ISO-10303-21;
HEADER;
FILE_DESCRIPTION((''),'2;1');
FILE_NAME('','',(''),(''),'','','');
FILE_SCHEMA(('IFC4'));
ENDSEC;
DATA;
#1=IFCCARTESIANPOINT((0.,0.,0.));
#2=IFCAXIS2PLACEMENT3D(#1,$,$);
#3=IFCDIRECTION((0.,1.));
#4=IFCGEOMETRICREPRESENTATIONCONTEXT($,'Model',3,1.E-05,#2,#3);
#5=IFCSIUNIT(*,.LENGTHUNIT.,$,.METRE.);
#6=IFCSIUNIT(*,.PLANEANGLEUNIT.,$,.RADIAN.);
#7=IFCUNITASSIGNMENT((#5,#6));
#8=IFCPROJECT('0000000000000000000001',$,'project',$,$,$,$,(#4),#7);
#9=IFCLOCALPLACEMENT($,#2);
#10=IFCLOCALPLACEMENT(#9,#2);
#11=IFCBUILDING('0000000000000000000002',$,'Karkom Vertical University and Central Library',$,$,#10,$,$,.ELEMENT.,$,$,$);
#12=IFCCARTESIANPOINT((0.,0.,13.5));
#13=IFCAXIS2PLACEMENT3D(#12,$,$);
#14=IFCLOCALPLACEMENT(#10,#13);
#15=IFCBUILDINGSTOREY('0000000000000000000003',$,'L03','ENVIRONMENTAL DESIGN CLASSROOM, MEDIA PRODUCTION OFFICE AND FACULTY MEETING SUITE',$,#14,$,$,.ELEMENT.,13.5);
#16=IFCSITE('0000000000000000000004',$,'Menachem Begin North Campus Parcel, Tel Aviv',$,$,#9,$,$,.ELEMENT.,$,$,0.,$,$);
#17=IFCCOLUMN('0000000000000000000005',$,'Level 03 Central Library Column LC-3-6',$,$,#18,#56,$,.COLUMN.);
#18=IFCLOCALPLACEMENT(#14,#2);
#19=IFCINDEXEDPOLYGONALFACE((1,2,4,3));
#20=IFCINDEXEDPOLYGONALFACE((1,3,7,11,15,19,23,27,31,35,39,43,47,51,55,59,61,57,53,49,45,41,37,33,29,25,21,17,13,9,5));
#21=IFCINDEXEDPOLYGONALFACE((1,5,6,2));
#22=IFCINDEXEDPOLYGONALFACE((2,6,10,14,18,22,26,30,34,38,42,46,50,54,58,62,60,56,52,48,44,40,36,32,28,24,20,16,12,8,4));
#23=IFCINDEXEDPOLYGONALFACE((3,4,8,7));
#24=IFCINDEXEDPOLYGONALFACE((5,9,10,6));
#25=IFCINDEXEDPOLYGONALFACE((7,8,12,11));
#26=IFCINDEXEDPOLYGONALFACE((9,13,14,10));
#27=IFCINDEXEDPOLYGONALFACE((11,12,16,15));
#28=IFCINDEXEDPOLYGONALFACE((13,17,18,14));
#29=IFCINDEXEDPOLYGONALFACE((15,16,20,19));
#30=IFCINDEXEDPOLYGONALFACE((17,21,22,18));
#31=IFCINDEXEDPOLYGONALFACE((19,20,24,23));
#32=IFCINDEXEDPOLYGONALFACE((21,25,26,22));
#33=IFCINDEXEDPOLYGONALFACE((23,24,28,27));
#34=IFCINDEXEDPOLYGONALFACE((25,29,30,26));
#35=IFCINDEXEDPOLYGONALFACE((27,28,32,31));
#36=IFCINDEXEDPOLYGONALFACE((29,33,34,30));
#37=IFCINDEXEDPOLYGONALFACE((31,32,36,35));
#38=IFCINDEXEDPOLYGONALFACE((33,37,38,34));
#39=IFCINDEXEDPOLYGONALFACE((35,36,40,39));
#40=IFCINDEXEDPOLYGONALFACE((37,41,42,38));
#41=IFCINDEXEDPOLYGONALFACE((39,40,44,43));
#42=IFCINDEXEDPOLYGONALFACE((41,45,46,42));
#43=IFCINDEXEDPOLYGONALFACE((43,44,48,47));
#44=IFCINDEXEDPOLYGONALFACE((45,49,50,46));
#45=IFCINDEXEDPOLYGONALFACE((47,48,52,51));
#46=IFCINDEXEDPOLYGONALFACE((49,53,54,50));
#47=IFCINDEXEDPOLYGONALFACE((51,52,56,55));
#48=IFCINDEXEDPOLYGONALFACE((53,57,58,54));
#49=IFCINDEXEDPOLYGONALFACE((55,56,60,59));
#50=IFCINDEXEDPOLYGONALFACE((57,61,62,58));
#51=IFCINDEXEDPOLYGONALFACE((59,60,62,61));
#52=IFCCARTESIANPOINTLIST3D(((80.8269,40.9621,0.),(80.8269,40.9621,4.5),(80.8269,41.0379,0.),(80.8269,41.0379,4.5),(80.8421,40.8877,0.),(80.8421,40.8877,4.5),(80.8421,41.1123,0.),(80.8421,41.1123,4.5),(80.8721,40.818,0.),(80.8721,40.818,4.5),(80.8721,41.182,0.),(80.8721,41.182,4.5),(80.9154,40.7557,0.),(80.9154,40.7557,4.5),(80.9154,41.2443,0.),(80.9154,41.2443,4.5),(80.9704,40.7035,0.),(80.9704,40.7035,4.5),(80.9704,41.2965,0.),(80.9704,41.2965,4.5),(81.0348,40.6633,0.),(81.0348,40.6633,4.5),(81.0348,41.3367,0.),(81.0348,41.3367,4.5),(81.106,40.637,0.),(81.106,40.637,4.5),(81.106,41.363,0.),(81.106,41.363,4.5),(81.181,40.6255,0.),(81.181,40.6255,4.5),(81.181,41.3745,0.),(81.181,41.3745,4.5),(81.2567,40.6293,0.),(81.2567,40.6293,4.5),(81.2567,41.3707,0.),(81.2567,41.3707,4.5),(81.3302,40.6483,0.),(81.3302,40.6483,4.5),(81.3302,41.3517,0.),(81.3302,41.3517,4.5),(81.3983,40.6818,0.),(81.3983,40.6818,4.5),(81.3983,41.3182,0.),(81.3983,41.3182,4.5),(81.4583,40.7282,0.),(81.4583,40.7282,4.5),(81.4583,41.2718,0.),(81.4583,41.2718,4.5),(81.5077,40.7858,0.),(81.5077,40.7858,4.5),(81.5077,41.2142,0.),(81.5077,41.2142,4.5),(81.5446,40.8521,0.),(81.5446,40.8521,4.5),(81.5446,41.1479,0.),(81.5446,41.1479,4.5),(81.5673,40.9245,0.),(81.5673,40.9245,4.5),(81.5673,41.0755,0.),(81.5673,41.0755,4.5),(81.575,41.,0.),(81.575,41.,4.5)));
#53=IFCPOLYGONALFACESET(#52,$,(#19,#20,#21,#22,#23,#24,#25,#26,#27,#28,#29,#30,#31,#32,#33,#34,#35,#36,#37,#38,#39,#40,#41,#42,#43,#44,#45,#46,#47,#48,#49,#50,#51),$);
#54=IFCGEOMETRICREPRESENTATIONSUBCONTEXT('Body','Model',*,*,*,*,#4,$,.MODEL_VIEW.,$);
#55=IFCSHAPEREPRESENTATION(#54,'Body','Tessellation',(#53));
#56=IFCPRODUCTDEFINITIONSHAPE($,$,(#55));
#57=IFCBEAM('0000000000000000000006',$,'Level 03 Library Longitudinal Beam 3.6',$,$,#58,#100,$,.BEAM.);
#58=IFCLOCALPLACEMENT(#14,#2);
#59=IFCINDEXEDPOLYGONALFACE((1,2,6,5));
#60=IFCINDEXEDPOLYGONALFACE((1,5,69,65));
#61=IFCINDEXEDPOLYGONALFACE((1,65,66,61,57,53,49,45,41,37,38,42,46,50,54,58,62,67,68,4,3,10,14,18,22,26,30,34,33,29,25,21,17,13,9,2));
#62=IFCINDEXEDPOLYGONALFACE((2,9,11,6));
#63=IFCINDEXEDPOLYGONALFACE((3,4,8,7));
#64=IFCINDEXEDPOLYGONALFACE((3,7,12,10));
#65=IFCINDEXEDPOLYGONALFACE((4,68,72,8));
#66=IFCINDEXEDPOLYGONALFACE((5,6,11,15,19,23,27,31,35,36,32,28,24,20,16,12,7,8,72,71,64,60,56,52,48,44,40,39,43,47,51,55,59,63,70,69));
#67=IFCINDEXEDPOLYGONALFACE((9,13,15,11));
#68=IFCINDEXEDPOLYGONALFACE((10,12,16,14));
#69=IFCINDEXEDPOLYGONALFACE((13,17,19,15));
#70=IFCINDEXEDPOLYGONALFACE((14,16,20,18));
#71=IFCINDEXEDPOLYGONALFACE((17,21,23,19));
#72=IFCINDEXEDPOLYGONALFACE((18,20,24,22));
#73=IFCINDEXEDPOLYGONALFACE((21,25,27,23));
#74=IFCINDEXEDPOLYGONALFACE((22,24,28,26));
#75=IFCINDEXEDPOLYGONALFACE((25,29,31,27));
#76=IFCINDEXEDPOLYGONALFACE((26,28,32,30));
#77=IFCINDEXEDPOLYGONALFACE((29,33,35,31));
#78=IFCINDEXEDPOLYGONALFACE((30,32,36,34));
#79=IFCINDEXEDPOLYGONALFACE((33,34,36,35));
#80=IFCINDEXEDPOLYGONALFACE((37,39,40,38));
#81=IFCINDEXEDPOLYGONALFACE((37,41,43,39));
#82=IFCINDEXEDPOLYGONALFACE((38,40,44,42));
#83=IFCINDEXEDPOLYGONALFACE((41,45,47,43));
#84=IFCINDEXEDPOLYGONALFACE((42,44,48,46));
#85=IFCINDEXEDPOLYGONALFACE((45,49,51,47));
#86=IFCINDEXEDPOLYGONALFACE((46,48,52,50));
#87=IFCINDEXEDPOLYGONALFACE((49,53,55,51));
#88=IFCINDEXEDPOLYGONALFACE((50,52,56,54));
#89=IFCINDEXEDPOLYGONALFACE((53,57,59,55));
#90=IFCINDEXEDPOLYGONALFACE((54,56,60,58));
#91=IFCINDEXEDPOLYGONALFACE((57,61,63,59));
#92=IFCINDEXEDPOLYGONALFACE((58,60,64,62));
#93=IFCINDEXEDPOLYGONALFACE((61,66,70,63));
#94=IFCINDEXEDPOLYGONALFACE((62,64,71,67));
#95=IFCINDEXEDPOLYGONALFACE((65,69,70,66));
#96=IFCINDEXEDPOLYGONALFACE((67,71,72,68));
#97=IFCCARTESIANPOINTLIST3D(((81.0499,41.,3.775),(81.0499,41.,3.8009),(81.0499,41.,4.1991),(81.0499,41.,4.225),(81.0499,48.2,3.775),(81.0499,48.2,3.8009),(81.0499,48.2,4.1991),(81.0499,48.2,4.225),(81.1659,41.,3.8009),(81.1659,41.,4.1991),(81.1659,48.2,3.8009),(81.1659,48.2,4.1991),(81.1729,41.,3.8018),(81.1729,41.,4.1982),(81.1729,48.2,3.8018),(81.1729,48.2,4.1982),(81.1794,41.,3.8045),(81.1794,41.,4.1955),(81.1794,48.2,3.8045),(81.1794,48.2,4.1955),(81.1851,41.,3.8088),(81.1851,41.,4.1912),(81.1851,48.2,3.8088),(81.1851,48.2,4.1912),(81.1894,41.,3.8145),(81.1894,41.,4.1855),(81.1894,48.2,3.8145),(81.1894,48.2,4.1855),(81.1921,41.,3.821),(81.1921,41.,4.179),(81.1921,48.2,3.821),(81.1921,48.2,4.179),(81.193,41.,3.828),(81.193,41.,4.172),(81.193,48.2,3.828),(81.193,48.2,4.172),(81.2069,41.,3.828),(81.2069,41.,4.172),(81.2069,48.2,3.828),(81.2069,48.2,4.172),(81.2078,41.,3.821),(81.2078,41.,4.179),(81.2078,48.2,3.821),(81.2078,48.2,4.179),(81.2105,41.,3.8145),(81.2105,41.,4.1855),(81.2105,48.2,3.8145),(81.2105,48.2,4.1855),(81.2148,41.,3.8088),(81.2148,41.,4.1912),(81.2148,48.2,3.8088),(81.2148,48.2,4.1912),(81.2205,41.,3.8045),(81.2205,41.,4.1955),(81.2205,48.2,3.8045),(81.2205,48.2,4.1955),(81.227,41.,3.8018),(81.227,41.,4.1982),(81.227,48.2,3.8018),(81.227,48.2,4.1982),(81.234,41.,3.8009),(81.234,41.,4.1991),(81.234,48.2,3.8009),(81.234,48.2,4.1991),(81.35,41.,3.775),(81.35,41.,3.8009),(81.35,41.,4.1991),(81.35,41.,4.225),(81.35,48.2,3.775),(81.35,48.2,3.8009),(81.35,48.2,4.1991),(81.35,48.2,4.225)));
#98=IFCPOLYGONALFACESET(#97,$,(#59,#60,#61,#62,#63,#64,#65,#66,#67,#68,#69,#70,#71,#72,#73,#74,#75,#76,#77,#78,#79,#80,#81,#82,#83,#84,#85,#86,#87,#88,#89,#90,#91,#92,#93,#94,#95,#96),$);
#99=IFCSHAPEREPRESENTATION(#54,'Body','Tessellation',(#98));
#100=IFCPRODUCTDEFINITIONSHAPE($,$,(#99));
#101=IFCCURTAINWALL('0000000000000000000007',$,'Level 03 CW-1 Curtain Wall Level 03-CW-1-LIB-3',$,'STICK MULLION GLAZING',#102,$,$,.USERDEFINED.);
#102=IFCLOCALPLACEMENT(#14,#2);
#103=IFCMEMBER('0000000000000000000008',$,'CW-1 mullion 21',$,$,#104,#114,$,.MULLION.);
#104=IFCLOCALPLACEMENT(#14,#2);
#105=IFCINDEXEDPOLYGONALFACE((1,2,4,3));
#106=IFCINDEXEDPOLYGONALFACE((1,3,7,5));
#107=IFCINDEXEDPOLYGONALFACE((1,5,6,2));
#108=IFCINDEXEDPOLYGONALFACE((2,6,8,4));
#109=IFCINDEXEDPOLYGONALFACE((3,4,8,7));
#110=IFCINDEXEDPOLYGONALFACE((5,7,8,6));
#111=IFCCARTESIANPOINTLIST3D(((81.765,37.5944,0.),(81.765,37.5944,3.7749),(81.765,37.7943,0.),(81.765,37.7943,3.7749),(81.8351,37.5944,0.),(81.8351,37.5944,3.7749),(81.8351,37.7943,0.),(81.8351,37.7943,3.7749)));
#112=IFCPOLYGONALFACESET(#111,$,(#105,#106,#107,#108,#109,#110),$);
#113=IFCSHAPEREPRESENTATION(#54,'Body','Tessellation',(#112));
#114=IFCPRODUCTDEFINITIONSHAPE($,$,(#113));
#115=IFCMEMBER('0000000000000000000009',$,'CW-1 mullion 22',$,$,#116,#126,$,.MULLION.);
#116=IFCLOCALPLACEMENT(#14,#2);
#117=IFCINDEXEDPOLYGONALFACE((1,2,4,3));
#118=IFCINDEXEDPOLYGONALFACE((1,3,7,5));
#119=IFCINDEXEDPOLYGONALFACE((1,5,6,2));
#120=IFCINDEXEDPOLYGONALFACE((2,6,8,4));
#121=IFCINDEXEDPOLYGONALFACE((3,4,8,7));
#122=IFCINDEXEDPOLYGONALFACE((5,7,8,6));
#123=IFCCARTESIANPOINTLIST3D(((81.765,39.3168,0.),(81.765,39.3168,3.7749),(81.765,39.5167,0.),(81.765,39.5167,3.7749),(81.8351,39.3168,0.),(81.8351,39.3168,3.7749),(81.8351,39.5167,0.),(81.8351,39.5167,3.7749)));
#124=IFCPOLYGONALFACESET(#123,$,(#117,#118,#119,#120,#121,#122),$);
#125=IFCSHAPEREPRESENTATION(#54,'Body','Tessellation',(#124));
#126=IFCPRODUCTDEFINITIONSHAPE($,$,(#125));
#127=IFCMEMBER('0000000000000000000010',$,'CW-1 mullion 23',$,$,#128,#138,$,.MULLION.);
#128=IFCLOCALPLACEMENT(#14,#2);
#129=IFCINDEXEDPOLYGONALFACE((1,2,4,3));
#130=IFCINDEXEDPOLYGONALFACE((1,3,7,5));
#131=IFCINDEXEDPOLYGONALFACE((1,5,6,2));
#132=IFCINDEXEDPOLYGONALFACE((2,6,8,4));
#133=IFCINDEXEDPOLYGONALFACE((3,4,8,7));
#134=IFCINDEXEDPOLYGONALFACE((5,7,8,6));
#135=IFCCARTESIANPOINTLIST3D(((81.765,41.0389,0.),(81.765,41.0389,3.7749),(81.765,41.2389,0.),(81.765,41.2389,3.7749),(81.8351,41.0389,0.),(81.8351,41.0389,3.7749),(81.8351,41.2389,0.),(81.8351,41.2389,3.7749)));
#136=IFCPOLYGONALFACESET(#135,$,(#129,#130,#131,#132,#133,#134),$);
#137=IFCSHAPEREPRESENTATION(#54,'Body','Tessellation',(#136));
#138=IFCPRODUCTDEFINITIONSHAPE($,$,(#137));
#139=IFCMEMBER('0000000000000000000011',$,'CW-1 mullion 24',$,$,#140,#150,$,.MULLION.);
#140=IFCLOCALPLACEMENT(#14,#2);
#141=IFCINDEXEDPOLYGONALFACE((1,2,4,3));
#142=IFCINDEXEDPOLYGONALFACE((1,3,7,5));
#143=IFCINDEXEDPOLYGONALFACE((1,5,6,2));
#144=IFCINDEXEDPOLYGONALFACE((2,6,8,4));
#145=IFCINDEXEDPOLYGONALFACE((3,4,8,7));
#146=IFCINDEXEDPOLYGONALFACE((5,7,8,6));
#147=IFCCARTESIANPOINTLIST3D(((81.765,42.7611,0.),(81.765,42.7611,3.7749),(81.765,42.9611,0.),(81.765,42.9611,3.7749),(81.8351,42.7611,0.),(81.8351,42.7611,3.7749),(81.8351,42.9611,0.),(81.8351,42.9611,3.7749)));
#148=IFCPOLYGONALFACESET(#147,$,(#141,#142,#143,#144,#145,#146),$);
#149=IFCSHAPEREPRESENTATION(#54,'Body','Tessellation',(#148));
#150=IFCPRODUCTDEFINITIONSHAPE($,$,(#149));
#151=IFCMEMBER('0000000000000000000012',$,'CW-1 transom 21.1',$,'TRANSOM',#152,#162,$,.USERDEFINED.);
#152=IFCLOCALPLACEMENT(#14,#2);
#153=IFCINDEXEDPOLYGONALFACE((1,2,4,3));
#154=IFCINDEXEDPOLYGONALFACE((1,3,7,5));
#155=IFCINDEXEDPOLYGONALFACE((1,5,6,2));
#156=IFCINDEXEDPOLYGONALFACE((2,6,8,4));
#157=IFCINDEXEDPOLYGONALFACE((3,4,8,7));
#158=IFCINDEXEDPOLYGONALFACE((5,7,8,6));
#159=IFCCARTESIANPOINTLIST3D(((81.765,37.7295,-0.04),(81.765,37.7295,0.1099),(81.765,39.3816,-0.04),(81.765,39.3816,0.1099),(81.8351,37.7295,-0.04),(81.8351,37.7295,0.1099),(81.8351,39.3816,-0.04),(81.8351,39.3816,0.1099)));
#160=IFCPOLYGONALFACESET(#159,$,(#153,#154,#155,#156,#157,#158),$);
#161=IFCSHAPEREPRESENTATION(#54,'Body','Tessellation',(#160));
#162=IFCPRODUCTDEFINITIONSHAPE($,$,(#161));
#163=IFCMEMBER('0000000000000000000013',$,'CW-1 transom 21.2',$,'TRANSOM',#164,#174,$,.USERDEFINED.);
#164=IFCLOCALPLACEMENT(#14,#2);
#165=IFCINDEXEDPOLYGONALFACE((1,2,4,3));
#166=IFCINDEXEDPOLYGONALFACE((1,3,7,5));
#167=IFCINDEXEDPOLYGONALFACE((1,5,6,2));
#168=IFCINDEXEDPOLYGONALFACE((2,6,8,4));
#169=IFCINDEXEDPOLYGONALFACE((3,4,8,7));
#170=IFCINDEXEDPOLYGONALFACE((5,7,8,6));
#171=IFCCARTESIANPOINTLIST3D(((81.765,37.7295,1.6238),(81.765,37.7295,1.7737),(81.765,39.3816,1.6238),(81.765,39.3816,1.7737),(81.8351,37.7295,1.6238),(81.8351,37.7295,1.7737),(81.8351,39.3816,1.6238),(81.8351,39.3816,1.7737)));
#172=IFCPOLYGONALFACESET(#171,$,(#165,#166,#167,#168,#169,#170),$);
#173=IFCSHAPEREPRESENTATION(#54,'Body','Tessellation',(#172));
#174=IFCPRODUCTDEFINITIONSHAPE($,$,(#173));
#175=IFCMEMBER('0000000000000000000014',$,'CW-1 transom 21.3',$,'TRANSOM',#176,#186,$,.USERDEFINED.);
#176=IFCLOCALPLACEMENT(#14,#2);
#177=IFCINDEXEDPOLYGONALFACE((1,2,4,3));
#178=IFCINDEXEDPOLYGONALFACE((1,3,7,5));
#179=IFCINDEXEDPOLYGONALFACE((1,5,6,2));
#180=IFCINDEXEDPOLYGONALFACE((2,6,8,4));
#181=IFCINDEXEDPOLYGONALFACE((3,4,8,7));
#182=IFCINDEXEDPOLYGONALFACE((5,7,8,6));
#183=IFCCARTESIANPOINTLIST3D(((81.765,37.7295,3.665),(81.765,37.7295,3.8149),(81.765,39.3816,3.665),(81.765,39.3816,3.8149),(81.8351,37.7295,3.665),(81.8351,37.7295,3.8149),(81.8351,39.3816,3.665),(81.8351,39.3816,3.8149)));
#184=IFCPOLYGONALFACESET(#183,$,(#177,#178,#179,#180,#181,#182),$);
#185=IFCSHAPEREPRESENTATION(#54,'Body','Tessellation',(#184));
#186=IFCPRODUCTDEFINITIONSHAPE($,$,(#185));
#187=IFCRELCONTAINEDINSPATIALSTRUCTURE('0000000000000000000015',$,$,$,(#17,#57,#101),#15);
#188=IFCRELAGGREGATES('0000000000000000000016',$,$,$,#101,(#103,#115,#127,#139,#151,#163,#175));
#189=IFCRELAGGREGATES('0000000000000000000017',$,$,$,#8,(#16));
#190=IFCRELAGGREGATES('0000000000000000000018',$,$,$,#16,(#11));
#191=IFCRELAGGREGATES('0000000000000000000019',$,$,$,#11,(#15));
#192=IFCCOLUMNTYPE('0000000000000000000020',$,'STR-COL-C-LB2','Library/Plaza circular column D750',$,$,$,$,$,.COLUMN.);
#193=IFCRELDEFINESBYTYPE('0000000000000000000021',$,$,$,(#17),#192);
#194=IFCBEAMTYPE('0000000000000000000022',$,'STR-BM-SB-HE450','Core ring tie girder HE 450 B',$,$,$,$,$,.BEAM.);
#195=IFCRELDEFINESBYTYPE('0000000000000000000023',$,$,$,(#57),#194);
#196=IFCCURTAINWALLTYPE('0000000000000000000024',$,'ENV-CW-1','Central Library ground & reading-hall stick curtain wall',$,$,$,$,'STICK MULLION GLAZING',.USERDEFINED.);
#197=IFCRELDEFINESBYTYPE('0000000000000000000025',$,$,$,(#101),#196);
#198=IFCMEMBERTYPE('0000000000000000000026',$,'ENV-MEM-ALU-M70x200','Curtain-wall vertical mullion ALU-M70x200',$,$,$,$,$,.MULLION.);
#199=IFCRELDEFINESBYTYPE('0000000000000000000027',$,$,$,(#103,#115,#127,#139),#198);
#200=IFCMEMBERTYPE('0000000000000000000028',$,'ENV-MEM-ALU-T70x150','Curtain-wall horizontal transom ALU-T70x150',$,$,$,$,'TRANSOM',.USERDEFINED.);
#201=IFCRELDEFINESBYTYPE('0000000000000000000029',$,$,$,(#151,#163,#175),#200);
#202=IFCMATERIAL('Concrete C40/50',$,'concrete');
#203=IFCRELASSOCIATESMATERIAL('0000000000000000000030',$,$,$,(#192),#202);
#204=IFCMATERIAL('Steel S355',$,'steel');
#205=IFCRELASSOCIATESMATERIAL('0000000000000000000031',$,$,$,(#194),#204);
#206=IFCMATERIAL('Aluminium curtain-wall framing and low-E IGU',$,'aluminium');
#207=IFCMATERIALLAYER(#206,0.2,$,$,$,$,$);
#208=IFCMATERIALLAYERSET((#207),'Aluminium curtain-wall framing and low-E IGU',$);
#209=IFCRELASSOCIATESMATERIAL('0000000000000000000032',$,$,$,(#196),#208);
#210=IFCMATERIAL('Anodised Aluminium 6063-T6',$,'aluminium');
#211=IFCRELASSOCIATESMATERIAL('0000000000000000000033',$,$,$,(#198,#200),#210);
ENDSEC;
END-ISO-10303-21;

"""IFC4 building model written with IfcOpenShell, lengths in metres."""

from ifc_helpers import new_model, si_unit, direction, frame, origin, origin_with_axes, origin_2d, place, context, subcontext, project, spatial, rectangle, circle, i_section, extrude, source, transform, mapped, material, layer, layer_set, material_profile, profile_set, type_object, element, aggregate, save


model = new_model("IFC4")

# Units and contexts
model_context = context("Model", 3, precision=1e-05, world=origin(), true_north=direction((0.0, 1.0)))
body_context = subcontext(model_context, "Body", "Model", "MODEL_VIEW")
ifc_project = project(units=[si_unit("LENGTHUNIT", "METRE"), si_unit("PLANEANGLEUNIT", "RADIAN")], contexts=[model_context])

# Site, building, storey
site_placement = place(None, origin())
site = spatial("IfcSite", under=ifc_project, at=site_placement, Name="Menachem Begin North Campus Parcel, Tel Aviv", CompositionType="ELEMENT", RefElevation=0.0)
building_placement = place(site_placement, origin())
building = spatial("IfcBuilding", under=site, at=building_placement, Name="Karkom Vertical University and Central Library", CompositionType="ELEMENT")
storey_placement = place(building_placement, frame((0.0, 0.0, 13.5)))
storey = spatial("IfcBuildingStorey", under=building, at=storey_placement, Name="L03", Description="ENVIRONMENTAL DESIGN CLASSROOM, MEDIA PRODUCTION OFFICE AND FACULTY MEETING SUITE", CompositionType="ELEMENT", Elevation=13.5)

# Column
ifc_material_1 = material(Name="Concrete C40/50", Category="concrete")
ifc_material_profile_1 = material_profile(ifc_material_1, circle(Radius=0.375, at=origin_2d()), Name="RC-D750")
ifc_profile_set_1 = profile_set([ifc_material_profile_1], Name="Concrete C40/50")
column_type = type_object("IfcColumnType", Name="STR-COL-C-LB2", Description="Library/Plaza circular column D750", PredefinedType="COLUMN", material=ifc_profile_set_1)
shared_shape_1 = source(origin_with_axes(), body_context, "Body", "SweptSolid", [
    extrude(circle(Radius=0.375, at=origin_2d()), origin(), (0.0, 0.0, 1.0), 4.5),
])
column_placement = place(storey_placement, frame((81.2, 41.0, 0.0), z_axis=(0.0, 0.0, 1.0), x_axis=(1.0, 0.0, 0.0)))
element("IfcColumn", 1, at=column_placement, inside=storey, type_object=column_type, Name="Level 03 Central Library Column LC-3-6", PredefinedType="COLUMN", context=body_context, shape_type="MappedRepresentation", body=[
    mapped(shared_shape_1, transform((0.0, 0.0, 0.0), scale=1.0)),
])

# Beam
ifc_material_2 = material(Name="Steel S355", Category="steel")
ifc_material_profile_2 = material_profile(ifc_material_2, i_section(OverallWidth=0.3, OverallDepth=0.45, WebThickness=0.0139, FlangeThickness=0.0259, FilletRadius=0.0271, at=origin_2d()), Name="HE 450 B")
ifc_profile_set_2 = profile_set([ifc_material_profile_2], Name="Steel S355")
beam_type = type_object("IfcBeamType", Name="STR-BM-SB-HE450", Description="Core ring tie girder HE 450 B", PredefinedType="BEAM", material=ifc_profile_set_2)
shared_shape_2 = source(origin_with_axes(), body_context, "Body", "SweptSolid", [
    extrude(i_section(OverallWidth=0.3, OverallDepth=0.45, WebThickness=0.0139, FlangeThickness=0.0259, FilletRadius=0.0271, at=origin_2d()), origin(), (0.0, 0.0, 1.0), 7.2),
])
beam_placement = place(storey_placement, frame((81.2, 41.0, 4.0), z_axis=(0.0, 1.0, 0.0), x_axis=(-1.0, 0.0, 0.0)))
element("IfcBeam", 2, at=beam_placement, inside=storey, type_object=beam_type, Name="Level 03 Library Longitudinal Beam 3.6", PredefinedType="BEAM", context=body_context, shape_type="MappedRepresentation", body=[
    mapped(shared_shape_2, transform((0.0, 0.0, 0.0), scale=1.0)),
])

# Curtain wall, members
ifc_material_3 = material(Name="Aluminium curtain-wall framing and low-E IGU", Category="aluminium")
ifc_layer_1 = layer(ifc_material_3, 0.2)
ifc_layer_set_1 = layer_set([ifc_layer_1], Name="Aluminium curtain-wall framing and low-E IGU")
curtain_wall_type = type_object("IfcCurtainWallType", Name="ENV-CW-1", Description="Central Library ground & reading-hall stick curtain wall", ElementType="STICK MULLION GLAZING", PredefinedType="USERDEFINED", material=ifc_layer_set_1)
curtain_wall_placement = place(storey_placement, origin())
curtain_wall = element("IfcCurtainWall", 3, at=curtain_wall_placement, inside=storey, type_object=curtain_wall_type, Name="Level 03 CW-1 Curtain Wall Level 03-CW-1-LIB-3", ObjectType="STICK MULLION GLAZING", PredefinedType="USERDEFINED")
ifc_material_4 = material(Name="Anodised Aluminium 6063-T6", Category="aluminium")
ifc_material_profile_3 = material_profile(ifc_material_4, rectangle(XDim=0.0701, YDim=0.2, at=origin_2d()), Name="ALU-M70x200")
ifc_profile_set_3 = profile_set([ifc_material_profile_3], Name="Anodised Aluminium 6063-T6")
member_type_1 = type_object("IfcMemberType", Name="ENV-MEM-ALU-M70x200", Description="Curtain-wall vertical mullion ALU-M70x200", PredefinedType="MULLION", material=ifc_profile_set_3)
shared_shape_3 = source(origin_with_axes(), body_context, "Body", "SweptSolid", [
    extrude(rectangle(XDim=0.0701, YDim=0.2, at=origin_2d()), origin(), (0.0, 0.0, 1.0), 3.7749),
])
member_1_placement = place(storey_placement, frame((81.8, 37.6943, 0.0), z_axis=(0.0, 0.0, 1.0), x_axis=(-1.0, 0.0, 0.0)))
member_1 = element("IfcMember", 4, at=member_1_placement, type_object=member_type_1, Name="CW-1 mullion 21", PredefinedType="MULLION", context=body_context, shape_type="MappedRepresentation", body=[
    mapped(shared_shape_3, transform((0.0, 0.0, 0.0), scale=1.0)),
])
member_2_placement = place(storey_placement, frame((81.8, 39.4167, 0.0), z_axis=(0.0, 0.0, 1.0), x_axis=(-1.0, 0.0, 0.0)))
member_2 = element("IfcMember", 5, at=member_2_placement, type_object=member_type_1, Name="CW-1 mullion 22", PredefinedType="MULLION", context=body_context, shape_type="MappedRepresentation", body=[
    mapped(shared_shape_3, transform((0.0, 0.0, 0.0), scale=1.0)),
])
member_3_placement = place(storey_placement, frame((81.8, 41.1389, 0.0), z_axis=(0.0, 0.0, 1.0), x_axis=(-1.0, 0.0, 0.0)))
member_3 = element("IfcMember", 6, at=member_3_placement, type_object=member_type_1, Name="CW-1 mullion 23", PredefinedType="MULLION", context=body_context, shape_type="MappedRepresentation", body=[
    mapped(shared_shape_3, transform((0.0, 0.0, 0.0), scale=1.0)),
])
member_4_placement = place(storey_placement, frame((81.8, 42.8611, 0.0), z_axis=(0.0, 0.0, 1.0), x_axis=(-1.0, 0.0, 0.0)))
member_4 = element("IfcMember", 7, at=member_4_placement, type_object=member_type_1, Name="CW-1 mullion 24", PredefinedType="MULLION", context=body_context, shape_type="MappedRepresentation", body=[
    mapped(shared_shape_3, transform((0.0, 0.0, 0.0), scale=1.0)),
])
ifc_material_profile_4 = material_profile(ifc_material_4, rectangle(XDim=0.0701, YDim=0.1499, at=origin_2d()), Name="ALU-T70x150")
ifc_profile_set_4 = profile_set([ifc_material_profile_4], Name="Anodised Aluminium 6063-T6")
member_type_2 = type_object("IfcMemberType", Name="ENV-MEM-ALU-T70x150", Description="Curtain-wall horizontal transom ALU-T70x150", ElementType="TRANSOM", PredefinedType="USERDEFINED", material=ifc_profile_set_4)
shared_shape_4 = source(origin_with_axes(), body_context, "Body", "SweptSolid", [
    extrude(rectangle(XDim=0.0701, YDim=0.1499, at=origin_2d()), origin(), (0.0, 0.0, 1.0), 1.6521),
])
member_5_placement = place(storey_placement, frame((81.8, 37.7295, 0.0349), z_axis=(0.0, 1.0, 0.0), x_axis=(-1.0, 0.0, 0.0)))
member_5 = element("IfcMember", 8, at=member_5_placement, type_object=member_type_2, Name="CW-1 transom 21.1", ObjectType="TRANSOM", PredefinedType="USERDEFINED", context=body_context, shape_type="MappedRepresentation", body=[
    mapped(shared_shape_4, transform((0.0, 0.0, 0.0), scale=1.0)),
])
member_6_placement = place(storey_placement, frame((81.8, 37.7295, 1.6987), z_axis=(0.0, 1.0, 0.0), x_axis=(-1.0, 0.0, 0.0)))
member_6 = element("IfcMember", 9, at=member_6_placement, type_object=member_type_2, Name="CW-1 transom 21.2", ObjectType="TRANSOM", PredefinedType="USERDEFINED", context=body_context, shape_type="MappedRepresentation", body=[
    mapped(shared_shape_4, transform((0.0, 0.0, 0.0), scale=1.0)),
])
member_7_placement = place(storey_placement, frame((81.8, 37.7295, 3.74), z_axis=(0.0, 1.0, 0.0), x_axis=(-1.0, 0.0, 0.0)))
member_7 = element("IfcMember", 10, at=member_7_placement, type_object=member_type_2, Name="CW-1 transom 21.3", ObjectType="TRANSOM", PredefinedType="USERDEFINED", context=body_context, shape_type="MappedRepresentation", body=[
    mapped(shared_shape_4, transform((0.0, 0.0, 0.0), scale=1.0)),
])
aggregate(curtain_wall, [member_1, member_2, member_3, member_4, member_5, member_6, member_7])

save(model, "model.ifc")
